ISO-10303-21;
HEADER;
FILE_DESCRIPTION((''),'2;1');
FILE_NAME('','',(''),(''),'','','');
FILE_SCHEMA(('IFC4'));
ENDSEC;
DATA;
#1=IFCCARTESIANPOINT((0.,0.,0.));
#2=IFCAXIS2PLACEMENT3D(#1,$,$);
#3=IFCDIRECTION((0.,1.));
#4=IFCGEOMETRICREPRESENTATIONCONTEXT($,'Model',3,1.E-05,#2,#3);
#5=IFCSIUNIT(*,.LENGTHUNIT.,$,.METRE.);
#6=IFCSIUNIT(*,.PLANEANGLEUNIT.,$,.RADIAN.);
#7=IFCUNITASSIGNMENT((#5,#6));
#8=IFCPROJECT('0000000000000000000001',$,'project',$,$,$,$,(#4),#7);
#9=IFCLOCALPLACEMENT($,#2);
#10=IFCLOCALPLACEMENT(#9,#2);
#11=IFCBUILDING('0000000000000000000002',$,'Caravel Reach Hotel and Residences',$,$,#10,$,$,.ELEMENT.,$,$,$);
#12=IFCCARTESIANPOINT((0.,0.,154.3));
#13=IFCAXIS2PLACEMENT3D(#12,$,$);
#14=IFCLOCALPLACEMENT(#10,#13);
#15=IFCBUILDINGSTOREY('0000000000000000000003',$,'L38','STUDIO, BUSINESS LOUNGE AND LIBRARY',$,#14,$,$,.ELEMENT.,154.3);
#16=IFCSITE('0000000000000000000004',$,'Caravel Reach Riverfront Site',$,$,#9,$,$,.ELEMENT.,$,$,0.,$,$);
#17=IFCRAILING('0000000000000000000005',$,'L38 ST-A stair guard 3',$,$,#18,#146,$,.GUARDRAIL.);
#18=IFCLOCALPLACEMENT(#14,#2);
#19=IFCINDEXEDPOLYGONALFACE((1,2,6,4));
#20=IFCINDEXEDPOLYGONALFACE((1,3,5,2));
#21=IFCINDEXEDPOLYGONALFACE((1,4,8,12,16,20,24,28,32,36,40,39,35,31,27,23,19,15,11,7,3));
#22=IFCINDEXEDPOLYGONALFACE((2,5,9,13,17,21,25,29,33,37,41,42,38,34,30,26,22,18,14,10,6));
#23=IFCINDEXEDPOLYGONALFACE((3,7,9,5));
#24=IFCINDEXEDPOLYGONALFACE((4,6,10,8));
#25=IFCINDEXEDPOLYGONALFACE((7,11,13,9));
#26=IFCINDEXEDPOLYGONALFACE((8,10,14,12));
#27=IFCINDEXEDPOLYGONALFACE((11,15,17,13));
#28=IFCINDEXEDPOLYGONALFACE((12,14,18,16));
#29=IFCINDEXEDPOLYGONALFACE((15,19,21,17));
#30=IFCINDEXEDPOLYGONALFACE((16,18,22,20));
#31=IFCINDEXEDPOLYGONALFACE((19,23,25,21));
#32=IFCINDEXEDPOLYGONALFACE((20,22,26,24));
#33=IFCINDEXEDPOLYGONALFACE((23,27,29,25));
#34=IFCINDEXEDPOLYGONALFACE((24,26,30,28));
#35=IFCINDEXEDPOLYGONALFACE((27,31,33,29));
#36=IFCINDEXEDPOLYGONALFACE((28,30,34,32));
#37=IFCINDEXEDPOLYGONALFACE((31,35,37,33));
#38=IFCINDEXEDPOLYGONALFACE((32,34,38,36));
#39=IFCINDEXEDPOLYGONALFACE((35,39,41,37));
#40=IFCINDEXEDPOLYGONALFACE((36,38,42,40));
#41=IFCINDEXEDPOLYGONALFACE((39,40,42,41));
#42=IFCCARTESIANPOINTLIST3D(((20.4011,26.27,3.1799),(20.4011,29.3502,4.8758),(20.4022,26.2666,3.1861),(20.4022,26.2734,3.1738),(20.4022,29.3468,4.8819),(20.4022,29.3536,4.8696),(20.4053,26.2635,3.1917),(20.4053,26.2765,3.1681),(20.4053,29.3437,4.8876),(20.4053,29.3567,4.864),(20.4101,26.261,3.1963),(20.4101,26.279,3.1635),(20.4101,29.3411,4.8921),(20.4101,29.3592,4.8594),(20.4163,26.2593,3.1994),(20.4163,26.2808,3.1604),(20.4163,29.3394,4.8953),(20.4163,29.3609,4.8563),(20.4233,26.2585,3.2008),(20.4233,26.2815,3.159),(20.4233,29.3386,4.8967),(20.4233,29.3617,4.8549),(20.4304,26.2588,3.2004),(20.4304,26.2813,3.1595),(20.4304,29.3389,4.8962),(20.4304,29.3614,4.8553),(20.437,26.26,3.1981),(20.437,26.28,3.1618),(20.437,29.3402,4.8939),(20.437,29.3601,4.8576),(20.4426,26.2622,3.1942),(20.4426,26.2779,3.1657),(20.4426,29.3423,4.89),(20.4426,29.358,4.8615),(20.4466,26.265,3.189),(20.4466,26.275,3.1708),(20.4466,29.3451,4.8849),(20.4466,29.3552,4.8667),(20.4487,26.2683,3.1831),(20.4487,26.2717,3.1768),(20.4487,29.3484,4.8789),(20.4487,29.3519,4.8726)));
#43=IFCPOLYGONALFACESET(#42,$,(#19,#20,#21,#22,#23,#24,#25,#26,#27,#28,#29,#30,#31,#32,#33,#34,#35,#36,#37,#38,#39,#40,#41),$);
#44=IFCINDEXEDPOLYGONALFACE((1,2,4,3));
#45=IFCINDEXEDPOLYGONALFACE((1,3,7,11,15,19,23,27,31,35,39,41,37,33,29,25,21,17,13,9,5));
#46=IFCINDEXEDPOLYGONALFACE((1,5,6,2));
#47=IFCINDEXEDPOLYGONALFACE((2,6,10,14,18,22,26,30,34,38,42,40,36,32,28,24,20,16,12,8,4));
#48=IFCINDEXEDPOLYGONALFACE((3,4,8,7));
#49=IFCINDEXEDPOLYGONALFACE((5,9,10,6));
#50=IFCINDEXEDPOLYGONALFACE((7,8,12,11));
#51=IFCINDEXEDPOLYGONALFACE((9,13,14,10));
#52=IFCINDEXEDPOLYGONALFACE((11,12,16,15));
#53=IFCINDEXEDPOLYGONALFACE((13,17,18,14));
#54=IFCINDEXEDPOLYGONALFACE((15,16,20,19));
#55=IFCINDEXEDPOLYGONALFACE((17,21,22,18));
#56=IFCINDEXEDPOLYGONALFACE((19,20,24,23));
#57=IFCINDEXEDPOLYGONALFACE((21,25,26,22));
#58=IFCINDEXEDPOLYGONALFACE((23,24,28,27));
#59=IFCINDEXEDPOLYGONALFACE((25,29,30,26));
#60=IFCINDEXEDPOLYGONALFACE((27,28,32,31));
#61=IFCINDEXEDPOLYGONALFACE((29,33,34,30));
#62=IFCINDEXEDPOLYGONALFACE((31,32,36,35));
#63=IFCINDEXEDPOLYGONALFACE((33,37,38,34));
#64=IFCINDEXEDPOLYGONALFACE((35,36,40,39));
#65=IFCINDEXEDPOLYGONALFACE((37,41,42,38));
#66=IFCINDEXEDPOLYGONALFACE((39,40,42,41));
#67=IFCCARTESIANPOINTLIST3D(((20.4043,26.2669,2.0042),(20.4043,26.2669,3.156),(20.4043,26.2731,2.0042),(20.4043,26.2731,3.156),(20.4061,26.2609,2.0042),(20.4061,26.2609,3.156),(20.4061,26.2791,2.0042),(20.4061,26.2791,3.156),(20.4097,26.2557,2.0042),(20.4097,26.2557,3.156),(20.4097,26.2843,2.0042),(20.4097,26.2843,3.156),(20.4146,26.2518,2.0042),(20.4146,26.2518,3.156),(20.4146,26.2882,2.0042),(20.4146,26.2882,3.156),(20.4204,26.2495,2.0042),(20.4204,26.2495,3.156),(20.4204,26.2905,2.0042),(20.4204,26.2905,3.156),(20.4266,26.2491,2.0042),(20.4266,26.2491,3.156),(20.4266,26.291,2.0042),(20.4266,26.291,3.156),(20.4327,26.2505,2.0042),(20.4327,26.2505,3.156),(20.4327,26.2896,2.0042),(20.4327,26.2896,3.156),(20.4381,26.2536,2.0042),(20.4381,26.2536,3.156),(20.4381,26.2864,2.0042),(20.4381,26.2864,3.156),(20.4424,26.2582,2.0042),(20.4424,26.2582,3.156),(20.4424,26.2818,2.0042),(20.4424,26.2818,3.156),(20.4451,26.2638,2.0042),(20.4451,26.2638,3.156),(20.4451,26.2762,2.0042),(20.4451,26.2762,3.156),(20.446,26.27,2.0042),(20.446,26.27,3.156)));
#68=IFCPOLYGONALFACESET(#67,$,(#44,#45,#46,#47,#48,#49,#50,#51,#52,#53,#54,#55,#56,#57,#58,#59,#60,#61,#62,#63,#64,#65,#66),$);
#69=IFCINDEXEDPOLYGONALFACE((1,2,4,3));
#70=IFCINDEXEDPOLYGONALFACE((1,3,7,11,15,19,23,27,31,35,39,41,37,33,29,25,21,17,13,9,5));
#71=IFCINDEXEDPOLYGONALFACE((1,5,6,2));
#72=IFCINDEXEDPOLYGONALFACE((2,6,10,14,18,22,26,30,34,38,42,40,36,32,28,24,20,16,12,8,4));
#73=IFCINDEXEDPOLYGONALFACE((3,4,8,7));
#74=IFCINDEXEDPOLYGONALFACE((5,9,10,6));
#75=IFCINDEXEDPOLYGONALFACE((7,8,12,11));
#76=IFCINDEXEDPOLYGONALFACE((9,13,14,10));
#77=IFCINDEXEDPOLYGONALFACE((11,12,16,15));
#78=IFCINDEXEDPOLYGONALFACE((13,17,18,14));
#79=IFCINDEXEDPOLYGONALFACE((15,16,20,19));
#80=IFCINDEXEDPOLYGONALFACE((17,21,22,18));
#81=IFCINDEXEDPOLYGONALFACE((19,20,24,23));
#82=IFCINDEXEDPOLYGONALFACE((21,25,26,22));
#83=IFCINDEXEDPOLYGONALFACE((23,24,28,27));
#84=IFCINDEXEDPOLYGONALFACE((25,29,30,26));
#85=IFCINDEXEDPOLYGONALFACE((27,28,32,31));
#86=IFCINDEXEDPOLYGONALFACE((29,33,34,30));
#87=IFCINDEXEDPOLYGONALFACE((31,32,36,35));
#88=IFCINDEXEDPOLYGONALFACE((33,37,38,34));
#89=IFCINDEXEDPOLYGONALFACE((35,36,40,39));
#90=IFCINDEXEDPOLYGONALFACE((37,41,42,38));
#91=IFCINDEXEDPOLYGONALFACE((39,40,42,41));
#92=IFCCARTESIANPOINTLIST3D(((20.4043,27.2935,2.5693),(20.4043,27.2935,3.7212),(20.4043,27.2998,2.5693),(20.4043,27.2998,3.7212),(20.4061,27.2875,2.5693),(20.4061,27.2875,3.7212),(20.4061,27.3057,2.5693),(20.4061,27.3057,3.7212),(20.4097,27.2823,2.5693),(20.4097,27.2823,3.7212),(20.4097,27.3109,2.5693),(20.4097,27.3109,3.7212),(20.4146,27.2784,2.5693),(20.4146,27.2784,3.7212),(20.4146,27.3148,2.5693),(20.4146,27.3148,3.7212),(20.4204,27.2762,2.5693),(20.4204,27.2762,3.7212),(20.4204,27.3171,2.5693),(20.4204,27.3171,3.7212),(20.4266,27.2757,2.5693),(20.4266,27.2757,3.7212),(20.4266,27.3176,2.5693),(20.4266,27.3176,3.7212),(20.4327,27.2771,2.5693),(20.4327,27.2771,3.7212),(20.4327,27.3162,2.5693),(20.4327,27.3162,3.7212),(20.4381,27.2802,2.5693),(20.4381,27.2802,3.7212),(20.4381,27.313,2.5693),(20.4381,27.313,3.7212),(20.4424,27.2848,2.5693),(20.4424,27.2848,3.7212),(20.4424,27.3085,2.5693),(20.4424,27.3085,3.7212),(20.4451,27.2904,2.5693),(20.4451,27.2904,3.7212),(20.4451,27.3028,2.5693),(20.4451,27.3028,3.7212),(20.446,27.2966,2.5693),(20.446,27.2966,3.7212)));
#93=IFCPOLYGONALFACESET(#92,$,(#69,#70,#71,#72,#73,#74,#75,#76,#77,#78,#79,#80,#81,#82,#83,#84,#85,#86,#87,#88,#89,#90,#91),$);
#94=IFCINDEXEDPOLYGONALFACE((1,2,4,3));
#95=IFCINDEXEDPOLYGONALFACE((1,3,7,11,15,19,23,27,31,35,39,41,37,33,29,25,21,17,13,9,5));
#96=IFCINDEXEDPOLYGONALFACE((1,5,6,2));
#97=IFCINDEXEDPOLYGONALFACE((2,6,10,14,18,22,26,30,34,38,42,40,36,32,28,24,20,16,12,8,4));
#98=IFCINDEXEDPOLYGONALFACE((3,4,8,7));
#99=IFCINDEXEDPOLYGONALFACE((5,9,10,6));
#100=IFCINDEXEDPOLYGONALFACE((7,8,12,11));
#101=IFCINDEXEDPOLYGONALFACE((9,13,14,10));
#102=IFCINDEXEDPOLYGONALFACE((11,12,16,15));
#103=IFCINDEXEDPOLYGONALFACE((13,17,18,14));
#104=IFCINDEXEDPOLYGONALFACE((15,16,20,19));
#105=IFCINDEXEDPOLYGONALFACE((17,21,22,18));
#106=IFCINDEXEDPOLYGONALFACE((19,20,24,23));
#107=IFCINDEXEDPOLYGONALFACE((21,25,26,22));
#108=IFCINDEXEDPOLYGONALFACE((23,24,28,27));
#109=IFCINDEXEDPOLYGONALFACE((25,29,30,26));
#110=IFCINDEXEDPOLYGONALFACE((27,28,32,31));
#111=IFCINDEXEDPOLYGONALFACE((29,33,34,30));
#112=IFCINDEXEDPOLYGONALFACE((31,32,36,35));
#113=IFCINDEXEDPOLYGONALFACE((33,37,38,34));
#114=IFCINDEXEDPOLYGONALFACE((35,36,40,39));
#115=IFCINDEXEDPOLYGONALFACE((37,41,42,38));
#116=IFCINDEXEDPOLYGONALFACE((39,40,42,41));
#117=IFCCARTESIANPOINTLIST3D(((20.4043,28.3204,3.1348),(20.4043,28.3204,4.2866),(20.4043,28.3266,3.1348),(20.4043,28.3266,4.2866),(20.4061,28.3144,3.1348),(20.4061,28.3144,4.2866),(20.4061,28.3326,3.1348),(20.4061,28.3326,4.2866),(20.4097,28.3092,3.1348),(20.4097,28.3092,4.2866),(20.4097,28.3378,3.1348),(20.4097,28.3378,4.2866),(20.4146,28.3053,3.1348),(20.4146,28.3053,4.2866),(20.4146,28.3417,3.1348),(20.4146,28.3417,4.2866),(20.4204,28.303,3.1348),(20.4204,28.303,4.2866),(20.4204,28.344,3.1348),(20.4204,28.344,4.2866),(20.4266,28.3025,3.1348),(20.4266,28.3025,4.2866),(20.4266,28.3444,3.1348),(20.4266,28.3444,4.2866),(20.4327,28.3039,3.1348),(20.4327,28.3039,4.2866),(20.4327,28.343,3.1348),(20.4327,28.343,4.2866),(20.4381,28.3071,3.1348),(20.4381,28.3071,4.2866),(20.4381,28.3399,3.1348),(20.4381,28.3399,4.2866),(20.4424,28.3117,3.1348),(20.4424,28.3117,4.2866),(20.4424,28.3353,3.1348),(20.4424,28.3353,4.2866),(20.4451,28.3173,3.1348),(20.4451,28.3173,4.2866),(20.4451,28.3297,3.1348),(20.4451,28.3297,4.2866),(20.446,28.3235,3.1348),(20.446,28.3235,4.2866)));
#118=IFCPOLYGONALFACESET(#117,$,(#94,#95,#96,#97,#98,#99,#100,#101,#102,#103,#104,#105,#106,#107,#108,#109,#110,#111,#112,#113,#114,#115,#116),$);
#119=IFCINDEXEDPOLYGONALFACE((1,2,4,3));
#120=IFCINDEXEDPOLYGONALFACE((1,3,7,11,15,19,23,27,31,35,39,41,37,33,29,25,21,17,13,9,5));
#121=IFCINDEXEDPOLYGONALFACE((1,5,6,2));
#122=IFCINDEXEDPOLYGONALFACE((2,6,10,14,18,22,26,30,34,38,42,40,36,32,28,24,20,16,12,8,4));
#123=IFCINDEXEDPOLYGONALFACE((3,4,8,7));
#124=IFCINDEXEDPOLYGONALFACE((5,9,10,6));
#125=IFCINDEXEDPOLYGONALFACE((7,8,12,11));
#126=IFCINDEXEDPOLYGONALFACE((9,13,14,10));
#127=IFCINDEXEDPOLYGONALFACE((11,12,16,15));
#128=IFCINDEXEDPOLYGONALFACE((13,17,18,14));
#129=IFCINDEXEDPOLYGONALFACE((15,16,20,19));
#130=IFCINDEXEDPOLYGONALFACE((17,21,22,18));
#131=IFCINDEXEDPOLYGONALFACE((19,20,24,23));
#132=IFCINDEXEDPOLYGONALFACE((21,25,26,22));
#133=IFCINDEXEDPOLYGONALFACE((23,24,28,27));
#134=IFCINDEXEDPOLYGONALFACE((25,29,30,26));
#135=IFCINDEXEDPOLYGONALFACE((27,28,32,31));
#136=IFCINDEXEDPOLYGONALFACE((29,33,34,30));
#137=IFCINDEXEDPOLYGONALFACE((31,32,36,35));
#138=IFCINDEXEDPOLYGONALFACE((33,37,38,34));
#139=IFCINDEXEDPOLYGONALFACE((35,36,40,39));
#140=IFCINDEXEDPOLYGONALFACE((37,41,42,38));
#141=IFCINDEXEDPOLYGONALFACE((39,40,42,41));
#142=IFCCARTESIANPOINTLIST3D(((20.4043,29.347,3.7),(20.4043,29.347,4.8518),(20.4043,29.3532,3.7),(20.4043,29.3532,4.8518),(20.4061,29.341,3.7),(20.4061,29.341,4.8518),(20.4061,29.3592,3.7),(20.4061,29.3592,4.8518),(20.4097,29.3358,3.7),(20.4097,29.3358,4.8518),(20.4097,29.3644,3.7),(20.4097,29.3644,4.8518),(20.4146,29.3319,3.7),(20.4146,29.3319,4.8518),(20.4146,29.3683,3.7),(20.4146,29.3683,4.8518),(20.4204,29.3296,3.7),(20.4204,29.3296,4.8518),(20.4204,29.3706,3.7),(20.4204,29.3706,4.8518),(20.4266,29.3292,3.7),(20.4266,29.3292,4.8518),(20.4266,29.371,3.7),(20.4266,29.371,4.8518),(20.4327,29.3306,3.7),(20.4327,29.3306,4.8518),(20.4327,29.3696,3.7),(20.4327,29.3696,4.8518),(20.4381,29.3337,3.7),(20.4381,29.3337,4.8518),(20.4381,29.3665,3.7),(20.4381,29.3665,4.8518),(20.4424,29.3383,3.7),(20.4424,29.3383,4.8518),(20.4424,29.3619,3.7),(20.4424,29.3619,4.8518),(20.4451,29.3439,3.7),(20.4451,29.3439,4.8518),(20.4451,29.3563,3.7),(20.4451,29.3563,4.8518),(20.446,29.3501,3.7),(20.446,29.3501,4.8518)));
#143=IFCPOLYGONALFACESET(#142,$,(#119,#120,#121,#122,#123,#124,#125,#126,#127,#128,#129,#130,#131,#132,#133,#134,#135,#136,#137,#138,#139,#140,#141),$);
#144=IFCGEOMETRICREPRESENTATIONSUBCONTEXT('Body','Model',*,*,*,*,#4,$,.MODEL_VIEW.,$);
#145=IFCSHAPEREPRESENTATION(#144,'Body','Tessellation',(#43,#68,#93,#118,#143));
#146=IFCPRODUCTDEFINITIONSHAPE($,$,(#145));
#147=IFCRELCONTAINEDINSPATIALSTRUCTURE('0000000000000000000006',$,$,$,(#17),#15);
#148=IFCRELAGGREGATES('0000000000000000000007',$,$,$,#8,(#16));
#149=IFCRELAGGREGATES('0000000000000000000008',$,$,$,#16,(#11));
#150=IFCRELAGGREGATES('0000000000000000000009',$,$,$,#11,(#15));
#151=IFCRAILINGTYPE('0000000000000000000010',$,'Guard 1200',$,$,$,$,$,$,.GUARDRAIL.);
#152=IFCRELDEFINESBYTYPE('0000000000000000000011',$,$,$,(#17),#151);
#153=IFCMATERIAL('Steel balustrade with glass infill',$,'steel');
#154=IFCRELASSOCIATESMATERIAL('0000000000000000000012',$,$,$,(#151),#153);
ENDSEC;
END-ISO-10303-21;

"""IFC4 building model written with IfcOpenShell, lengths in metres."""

from ifc_helpers import new_model, si_unit, direction, frame, origin, origin_2d, place, context, subcontext, project, spatial, circle, extrude, material, type_object, element, save


model = new_model("IFC4")

# Units and contexts
model_context = context("Model", 3, precision=1e-05, world=origin(), true_north=direction((0.0, 1.0)))
body_context = subcontext(model_context, "Body", "Model", "MODEL_VIEW")
ifc_project = project(units=[si_unit("LENGTHUNIT", "METRE"), si_unit("PLANEANGLEUNIT", "RADIAN")], contexts=[model_context])

# Site, building, storey
site_placement = place(None, origin())
site = spatial("IfcSite", under=ifc_project, at=site_placement, Name="Caravel Reach Riverfront Site", CompositionType="ELEMENT", RefElevation=0.0)
building_placement = place(site_placement, origin())
building = spatial("IfcBuilding", under=site, at=building_placement, Name="Caravel Reach Hotel and Residences", CompositionType="ELEMENT")
storey_placement = place(building_placement, frame((0.0, 0.0, 154.3)))
storey = spatial("IfcBuildingStorey", under=building, at=storey_placement, Name="L38", Description="STUDIO, BUSINESS LOUNGE AND LIBRARY", CompositionType="ELEMENT", Elevation=154.3)

# Railing
ifc_material_1 = material(Name="Steel balustrade with glass infill", Category="steel")
railing_type_1 = type_object("IfcRailingType", Name="Guard 1200", PredefinedType="GUARDRAIL", material=ifc_material_1)
railing_1_placement = place(storey_placement, frame((20.425, 26.27, 2.0042)))
element("IfcRailing", 1, at=railing_1_placement, inside=storey, type_object=railing_type_1, Name="L38 ST-A stair guard 3", PredefinedType="GUARDRAIL", context=body_context, shape_type="SweptSolid", body=[
    extrude(circle(Radius=0.0239, at=origin_2d()), frame((0.0, 0.0, 1.1758), z_axis=(0.0, 0.876005, 0.482303), x_axis=(-1.0, 0.0, 0.0)), (0.0, 0.0, 1.0), 3.5161),
    extrude(circle(Radius=0.021, at=origin_2d()), origin(), (0.0, 0.0, 1.0), 1.1519),
    extrude(circle(Radius=0.021, at=origin_2d()), frame((0.0, 1.0266, 0.5652)), (0.0, 0.0, 1.0), 1.1519),
    extrude(circle(Radius=0.021, at=origin_2d()), frame((0.0, 2.0535, 1.1306)), (0.0, 0.0, 1.0), 1.1519),
    extrude(circle(Radius=0.021, at=origin_2d()), frame((0.0, 3.0801, 1.6958)), (0.0, 0.0, 1.0), 1.1519),
])

save(model, "model.ifc")
